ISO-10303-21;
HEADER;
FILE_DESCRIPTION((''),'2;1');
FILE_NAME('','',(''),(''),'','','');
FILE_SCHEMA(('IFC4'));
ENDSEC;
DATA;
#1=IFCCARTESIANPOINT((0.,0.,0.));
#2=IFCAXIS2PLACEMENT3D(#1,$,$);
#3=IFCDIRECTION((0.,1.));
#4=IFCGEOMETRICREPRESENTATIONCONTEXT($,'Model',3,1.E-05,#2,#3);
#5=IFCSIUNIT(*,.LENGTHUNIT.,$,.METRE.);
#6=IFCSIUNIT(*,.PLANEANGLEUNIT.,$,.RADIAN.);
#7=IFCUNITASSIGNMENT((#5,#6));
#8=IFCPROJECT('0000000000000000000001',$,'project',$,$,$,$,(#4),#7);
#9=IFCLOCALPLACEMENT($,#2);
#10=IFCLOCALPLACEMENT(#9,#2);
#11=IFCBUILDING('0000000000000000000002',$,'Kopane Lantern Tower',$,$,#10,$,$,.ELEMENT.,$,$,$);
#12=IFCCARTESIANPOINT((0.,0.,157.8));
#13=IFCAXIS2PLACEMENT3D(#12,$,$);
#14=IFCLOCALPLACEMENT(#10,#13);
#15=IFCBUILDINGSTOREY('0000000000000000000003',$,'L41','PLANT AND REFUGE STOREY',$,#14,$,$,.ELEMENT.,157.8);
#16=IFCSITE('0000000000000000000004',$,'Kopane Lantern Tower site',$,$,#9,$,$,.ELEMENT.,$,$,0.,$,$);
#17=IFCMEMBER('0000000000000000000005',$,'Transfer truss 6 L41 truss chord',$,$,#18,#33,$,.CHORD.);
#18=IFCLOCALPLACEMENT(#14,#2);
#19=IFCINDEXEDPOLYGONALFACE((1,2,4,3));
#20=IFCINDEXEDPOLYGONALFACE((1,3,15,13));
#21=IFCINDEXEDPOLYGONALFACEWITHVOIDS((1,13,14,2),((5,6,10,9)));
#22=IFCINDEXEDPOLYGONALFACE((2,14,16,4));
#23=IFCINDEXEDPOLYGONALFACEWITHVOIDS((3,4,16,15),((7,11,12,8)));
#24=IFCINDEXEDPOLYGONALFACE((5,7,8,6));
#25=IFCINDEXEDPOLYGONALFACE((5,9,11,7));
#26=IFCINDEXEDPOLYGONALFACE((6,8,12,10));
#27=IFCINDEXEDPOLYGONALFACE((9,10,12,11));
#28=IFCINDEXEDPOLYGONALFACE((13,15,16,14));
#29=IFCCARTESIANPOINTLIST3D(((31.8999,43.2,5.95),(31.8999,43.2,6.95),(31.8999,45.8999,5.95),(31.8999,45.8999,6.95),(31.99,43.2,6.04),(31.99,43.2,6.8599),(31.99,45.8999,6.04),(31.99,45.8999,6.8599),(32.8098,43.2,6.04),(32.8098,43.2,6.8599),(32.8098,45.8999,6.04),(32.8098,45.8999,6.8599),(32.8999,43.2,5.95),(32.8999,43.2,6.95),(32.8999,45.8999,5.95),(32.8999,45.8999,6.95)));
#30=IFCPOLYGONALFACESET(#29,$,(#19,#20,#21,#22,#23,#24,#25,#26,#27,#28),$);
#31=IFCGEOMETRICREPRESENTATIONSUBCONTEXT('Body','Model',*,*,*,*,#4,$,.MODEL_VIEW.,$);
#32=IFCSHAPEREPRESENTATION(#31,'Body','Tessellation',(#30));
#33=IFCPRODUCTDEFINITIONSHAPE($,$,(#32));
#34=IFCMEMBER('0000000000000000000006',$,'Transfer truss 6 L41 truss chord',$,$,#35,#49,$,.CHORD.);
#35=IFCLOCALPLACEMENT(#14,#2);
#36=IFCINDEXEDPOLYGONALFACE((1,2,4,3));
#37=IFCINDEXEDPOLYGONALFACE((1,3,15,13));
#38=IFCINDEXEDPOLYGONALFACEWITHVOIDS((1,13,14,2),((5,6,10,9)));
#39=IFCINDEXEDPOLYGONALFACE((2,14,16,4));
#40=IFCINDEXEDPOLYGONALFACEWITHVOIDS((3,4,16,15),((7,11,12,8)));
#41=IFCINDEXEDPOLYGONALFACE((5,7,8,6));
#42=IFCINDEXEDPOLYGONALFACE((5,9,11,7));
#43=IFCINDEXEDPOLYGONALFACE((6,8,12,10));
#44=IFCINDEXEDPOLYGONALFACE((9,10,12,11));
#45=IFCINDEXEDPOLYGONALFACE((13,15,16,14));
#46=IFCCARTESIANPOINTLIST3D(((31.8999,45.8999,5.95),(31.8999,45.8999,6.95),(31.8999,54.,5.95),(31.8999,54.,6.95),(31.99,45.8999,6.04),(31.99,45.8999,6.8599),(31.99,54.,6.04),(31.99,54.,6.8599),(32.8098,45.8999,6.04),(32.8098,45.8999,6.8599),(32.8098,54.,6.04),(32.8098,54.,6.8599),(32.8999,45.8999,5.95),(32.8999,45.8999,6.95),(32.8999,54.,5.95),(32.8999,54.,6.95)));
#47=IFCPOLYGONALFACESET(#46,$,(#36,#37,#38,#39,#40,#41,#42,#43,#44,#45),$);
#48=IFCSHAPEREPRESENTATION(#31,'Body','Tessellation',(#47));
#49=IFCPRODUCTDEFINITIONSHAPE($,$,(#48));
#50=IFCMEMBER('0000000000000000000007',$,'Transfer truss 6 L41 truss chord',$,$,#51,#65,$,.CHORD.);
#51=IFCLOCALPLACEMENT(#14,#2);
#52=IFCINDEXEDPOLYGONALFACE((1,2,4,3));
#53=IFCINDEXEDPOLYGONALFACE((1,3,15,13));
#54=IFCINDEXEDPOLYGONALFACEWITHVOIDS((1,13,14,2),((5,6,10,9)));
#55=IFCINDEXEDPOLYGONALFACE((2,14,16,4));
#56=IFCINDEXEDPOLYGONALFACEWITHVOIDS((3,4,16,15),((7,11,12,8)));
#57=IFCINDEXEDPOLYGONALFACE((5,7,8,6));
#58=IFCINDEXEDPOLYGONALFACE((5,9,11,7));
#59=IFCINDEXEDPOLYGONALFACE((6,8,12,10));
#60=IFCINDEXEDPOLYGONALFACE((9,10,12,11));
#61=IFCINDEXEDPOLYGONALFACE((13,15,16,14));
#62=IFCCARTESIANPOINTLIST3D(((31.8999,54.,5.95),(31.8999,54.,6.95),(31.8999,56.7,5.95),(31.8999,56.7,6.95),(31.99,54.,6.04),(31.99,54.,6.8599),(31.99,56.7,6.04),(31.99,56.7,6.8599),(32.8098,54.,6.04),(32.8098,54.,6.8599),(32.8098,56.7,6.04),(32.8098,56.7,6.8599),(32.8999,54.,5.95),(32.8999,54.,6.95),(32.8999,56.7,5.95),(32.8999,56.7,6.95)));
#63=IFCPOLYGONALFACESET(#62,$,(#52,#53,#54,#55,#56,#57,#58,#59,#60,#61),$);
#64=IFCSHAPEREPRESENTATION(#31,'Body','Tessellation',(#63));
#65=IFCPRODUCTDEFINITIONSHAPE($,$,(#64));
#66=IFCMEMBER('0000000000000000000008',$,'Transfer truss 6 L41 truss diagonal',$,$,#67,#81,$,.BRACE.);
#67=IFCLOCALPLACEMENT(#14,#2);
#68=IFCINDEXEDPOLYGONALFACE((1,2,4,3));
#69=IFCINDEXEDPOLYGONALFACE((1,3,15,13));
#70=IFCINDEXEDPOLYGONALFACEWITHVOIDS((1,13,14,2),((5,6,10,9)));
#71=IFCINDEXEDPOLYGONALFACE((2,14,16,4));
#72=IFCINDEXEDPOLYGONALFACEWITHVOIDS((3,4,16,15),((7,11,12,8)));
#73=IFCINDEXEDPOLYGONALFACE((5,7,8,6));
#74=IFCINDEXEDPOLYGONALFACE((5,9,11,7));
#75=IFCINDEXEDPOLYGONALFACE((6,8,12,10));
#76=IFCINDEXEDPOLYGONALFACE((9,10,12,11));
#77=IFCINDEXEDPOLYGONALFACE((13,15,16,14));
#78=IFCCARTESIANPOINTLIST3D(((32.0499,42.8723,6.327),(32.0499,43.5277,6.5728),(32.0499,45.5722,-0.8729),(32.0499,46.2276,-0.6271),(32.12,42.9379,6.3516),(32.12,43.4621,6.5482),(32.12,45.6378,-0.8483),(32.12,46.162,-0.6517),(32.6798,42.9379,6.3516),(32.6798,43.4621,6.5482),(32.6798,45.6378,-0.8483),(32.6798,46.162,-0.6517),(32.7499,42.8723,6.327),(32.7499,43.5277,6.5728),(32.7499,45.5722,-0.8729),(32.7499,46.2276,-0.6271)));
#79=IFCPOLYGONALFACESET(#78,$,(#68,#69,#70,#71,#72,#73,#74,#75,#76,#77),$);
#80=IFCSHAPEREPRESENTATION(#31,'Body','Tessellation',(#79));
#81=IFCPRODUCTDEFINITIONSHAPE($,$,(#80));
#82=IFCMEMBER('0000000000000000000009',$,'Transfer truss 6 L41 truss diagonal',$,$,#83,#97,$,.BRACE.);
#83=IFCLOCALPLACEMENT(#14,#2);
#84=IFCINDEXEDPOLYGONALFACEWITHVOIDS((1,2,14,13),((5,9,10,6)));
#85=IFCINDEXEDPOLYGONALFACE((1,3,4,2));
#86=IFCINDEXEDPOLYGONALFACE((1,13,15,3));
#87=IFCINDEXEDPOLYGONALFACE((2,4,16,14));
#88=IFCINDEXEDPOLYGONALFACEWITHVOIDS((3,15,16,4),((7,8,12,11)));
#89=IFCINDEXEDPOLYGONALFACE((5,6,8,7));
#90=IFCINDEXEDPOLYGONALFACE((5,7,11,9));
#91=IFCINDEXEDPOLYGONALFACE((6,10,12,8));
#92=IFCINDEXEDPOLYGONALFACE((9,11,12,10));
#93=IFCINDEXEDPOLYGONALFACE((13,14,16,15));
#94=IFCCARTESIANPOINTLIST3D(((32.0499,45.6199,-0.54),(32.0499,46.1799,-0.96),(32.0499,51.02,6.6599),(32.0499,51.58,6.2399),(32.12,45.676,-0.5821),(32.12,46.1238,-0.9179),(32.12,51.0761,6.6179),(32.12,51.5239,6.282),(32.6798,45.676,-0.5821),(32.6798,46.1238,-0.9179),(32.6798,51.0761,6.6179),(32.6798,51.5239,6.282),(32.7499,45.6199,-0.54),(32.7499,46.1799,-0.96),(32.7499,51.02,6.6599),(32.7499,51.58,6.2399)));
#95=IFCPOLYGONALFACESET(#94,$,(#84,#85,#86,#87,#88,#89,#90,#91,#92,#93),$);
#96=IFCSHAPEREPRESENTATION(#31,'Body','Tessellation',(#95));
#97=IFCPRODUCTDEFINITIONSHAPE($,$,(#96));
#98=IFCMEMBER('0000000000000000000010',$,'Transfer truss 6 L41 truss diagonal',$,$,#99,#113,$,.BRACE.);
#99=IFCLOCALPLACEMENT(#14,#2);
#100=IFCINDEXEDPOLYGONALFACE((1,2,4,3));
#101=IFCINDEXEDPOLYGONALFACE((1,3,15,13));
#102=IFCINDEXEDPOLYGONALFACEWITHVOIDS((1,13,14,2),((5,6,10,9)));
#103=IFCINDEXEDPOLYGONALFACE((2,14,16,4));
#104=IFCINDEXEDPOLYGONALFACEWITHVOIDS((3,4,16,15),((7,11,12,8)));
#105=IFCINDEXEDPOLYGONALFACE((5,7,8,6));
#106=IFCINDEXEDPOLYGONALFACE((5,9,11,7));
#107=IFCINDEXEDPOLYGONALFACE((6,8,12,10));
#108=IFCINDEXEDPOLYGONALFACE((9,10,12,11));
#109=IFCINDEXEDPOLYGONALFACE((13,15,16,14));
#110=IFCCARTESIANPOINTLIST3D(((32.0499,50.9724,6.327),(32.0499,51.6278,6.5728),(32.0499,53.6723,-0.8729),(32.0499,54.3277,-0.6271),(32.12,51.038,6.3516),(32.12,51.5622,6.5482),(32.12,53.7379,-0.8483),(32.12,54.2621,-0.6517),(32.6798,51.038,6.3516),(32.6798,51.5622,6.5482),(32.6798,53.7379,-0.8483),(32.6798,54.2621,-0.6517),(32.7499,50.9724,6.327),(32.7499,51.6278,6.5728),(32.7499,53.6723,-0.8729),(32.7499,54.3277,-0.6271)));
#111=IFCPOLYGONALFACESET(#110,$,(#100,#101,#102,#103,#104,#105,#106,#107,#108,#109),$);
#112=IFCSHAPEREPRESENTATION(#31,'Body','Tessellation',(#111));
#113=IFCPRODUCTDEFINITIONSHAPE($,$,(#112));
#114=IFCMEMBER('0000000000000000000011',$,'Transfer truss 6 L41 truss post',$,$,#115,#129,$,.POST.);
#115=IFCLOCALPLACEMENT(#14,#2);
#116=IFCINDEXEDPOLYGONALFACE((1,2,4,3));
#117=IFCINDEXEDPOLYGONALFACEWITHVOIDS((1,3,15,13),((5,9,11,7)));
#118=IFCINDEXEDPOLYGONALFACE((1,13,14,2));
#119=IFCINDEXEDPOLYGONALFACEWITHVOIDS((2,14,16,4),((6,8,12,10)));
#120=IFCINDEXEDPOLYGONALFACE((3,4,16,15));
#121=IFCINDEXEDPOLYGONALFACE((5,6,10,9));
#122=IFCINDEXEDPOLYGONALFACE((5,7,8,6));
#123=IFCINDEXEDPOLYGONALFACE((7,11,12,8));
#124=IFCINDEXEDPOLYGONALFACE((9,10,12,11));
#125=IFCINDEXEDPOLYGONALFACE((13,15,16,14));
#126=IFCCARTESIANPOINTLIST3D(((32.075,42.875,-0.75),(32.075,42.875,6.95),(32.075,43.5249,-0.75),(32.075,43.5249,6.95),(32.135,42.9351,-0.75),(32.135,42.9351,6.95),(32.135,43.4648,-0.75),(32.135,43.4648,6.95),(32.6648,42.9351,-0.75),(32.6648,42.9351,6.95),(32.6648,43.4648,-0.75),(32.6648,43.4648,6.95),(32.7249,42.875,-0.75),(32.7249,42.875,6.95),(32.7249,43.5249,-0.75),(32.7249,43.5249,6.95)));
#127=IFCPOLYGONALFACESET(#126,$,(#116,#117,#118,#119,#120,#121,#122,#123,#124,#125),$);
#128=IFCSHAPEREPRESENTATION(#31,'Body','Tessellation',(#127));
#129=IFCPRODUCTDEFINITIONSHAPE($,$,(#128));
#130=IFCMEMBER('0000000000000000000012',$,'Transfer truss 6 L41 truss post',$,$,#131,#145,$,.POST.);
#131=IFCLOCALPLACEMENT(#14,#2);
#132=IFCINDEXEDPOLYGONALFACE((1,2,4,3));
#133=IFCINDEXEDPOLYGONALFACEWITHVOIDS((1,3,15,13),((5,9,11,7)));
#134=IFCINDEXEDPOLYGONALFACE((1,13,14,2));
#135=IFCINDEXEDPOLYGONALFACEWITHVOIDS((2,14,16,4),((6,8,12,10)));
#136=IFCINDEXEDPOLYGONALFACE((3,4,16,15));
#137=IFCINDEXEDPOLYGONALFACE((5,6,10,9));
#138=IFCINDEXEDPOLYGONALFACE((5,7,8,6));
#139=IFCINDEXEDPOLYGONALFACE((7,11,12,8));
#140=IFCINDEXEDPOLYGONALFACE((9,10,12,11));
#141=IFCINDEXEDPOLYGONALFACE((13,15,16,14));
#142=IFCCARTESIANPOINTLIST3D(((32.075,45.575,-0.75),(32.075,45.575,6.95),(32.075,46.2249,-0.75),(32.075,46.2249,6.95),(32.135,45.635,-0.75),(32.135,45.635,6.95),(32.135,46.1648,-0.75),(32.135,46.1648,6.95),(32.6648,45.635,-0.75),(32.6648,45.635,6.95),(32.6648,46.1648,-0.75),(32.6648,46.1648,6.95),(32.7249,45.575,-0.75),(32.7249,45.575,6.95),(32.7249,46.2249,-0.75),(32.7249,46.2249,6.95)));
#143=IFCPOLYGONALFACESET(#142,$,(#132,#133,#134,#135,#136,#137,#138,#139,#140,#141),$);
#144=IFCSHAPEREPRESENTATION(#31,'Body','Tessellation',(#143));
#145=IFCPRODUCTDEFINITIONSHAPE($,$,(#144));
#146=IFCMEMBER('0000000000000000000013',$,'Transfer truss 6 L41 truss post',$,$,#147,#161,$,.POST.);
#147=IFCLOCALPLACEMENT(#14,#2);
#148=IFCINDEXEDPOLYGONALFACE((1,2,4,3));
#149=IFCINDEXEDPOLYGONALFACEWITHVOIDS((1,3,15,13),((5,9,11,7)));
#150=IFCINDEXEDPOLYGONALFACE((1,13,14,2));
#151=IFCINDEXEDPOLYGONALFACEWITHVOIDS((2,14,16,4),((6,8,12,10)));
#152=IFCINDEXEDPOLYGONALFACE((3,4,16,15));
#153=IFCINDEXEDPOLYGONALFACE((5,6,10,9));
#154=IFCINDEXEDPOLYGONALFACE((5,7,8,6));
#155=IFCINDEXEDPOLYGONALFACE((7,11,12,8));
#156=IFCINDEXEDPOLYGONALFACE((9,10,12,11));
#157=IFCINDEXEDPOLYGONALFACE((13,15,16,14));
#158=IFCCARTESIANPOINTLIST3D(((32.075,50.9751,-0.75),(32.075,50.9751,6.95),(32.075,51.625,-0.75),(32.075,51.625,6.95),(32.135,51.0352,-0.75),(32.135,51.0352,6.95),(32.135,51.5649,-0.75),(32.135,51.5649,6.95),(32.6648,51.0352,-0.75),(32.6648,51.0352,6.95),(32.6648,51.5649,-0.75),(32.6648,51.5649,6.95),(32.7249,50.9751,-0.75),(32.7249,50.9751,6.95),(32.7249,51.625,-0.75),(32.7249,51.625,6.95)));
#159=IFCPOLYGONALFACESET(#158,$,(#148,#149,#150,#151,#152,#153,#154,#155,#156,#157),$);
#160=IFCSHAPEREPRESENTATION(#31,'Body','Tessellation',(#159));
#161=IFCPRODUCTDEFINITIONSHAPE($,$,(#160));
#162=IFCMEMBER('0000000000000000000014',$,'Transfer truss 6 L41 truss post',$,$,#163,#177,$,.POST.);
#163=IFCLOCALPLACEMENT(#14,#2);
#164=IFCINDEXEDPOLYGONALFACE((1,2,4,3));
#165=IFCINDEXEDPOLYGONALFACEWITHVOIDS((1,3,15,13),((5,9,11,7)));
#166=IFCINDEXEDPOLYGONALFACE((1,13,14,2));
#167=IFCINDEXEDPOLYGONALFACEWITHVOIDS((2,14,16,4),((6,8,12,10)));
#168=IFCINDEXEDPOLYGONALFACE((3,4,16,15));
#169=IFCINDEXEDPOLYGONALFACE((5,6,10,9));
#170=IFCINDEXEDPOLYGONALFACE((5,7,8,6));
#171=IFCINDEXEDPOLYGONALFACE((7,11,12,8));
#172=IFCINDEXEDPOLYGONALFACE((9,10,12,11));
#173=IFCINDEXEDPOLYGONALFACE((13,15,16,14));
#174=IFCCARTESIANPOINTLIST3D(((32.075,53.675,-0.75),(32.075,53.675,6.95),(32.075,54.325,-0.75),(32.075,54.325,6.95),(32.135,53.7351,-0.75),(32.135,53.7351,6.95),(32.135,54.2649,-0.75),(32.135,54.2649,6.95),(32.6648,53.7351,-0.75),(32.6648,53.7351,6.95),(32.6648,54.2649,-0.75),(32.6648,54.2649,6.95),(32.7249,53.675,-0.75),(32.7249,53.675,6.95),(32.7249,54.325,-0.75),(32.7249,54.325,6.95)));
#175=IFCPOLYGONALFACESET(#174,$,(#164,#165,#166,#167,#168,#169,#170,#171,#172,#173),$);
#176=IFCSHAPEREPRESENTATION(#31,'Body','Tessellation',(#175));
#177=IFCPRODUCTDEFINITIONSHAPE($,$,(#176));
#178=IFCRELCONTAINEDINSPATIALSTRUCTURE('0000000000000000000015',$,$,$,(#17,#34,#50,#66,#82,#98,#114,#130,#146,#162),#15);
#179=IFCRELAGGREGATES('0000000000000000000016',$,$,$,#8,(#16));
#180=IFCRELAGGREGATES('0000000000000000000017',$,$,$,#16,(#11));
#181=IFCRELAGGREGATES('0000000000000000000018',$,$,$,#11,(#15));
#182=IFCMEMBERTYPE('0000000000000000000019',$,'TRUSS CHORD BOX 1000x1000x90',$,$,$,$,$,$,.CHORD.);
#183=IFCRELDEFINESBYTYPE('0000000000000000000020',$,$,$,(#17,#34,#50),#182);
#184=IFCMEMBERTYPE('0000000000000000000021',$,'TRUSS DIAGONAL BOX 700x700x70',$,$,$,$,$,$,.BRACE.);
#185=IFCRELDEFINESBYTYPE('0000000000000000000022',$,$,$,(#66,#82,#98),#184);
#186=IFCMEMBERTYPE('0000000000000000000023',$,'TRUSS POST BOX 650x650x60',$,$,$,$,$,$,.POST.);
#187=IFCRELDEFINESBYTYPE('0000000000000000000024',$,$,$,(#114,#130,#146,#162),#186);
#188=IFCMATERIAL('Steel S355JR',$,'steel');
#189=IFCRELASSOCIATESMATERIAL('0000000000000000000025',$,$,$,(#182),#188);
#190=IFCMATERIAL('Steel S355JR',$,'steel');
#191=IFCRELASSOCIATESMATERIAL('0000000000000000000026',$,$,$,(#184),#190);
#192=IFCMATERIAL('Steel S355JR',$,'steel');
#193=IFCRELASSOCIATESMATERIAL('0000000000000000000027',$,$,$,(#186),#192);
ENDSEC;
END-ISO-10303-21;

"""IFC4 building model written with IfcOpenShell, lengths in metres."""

from ifc_helpers import new_model, si_unit, direction, frame, origin, origin_2d, place, context, subcontext, project, spatial, hollow_rectangle, extrude, material, material_profile, profile_set, type_object, element, save


model = new_model("IFC4")

# Units and contexts
model_context = context("Model", 3, precision=1e-05, world=origin(), true_north=direction((0.0, 1.0)))
body_context = subcontext(model_context, "Body", "Model", "MODEL_VIEW")
ifc_project = project(units=[si_unit("LENGTHUNIT", "METRE"), si_unit("PLANEANGLEUNIT", "RADIAN")], contexts=[model_context])

# Site, building, storey
site_placement = place(None, origin())
site = spatial("IfcSite", under=ifc_project, at=site_placement, Name="Kopane Lantern Tower site", CompositionType="ELEMENT", RefElevation=0.0)
building_placement = place(site_placement, origin())
building = spatial("IfcBuilding", under=site, at=building_placement, Name="Kopane Lantern Tower", CompositionType="ELEMENT")
storey_placement = place(building_placement, frame((0.0, 0.0, 157.8)))
storey = spatial("IfcBuildingStorey", under=building, at=storey_placement, Name="L41", Description="PLANT AND REFUGE STOREY", CompositionType="ELEMENT", Elevation=157.8)

# Members
ifc_material_1 = material(Name="Steel S355JR", Category="steel")
ifc_material_profile_1 = material_profile(ifc_material_1, hollow_rectangle(XDim=1.0, YDim=1.0, WallThickness=0.0901, at=origin_2d()), Name="BOX 1000x1000x90")
ifc_profile_set_1 = profile_set([ifc_material_profile_1], Name="Steel S355JR")
member_type_1 = type_object("IfcMemberType", Name="TRUSS CHORD BOX 1000x1000x90", PredefinedType="CHORD", material=ifc_profile_set_1)
for number, where, z_axis, x_axis, name in (
    (1, (32.3999, 43.2, 6.45), (0.0, 1.0, 0.0), (-1.0, 0.0, 0.0), "Transfer truss 6 L41 truss chord"),
):
    element("IfcMember", number, at=place(storey_placement, frame(where, z_axis=z_axis, x_axis=x_axis)), inside=storey, type_object=member_type_1, Name=name, PredefinedType="CHORD", context=body_context, shape_type="SweptSolid", body=[
        extrude(hollow_rectangle(XDim=1.0, YDim=1.0, WallThickness=0.0901, at=origin_2d()), origin(), (0.0, 0.0, 1.0), 2.7),
    ])
member_1_placement = place(storey_placement, frame((32.3999, 45.8999, 6.45), z_axis=(0.0, 1.0, 0.0), x_axis=(-1.0, 0.0, 0.0)))
element("IfcMember", 2, at=member_1_placement, inside=storey, type_object=member_type_1, Name="Transfer truss 6 L41 truss chord", PredefinedType="CHORD", context=body_context, shape_type="SweptSolid", body=[
    extrude(hollow_rectangle(XDim=1.0, YDim=1.0, WallThickness=0.0901, at=origin_2d()), origin(), (0.0, 0.0, 1.0), 8.1001),
])
member_2_placement = place(storey_placement, frame((32.3999, 54.0, 6.45), z_axis=(0.0, 1.0, 0.0), x_axis=(-1.0, 0.0, 0.0)))
element("IfcMember", 3, at=member_2_placement, inside=storey, type_object=member_type_1, Name="Transfer truss 6 L41 truss chord", PredefinedType="CHORD", context=body_context, shape_type="SweptSolid", body=[
    extrude(hollow_rectangle(XDim=1.0, YDim=1.0, WallThickness=0.0901, at=origin_2d()), origin(), (0.0, 0.0, 1.0), 2.7),
])
ifc_material_2 = material(Name="Steel S355JR", Category="steel")
ifc_material_profile_2 = material_profile(ifc_material_2, hollow_rectangle(XDim=0.7, YDim=0.7, WallThickness=0.0701, at=origin_2d()), Name="BOX 700x700x70")
ifc_profile_set_2 = profile_set([ifc_material_profile_2], Name="Steel S355JR")
member_type_2 = type_object("IfcMemberType", Name="TRUSS DIAGONAL BOX 700x700x70", PredefinedType="BRACE", material=ifc_profile_set_2)
member_3_placement = place(storey_placement, frame((32.3999, 45.8999, -0.75), z_axis=(0.0, -0.35112, 0.93633), x_axis=(1.0, 0.0, 0.0)))
element("IfcMember", 4, at=member_3_placement, inside=storey, type_object=member_type_2, Name="Transfer truss 6 L41 truss diagonal", PredefinedType="BRACE", context=body_context, shape_type="SweptSolid", body=[
    extrude(hollow_rectangle(XDim=0.7, YDim=0.7, WallThickness=0.0701, at=origin_2d()), origin(), (0.0, 0.0, 1.0), 7.6895),
])
member_4_placement = place(storey_placement, frame((32.3999, 45.8999, -0.75), z_axis=(0.0, 0.600013, 0.79999), x_axis=(-1.0, 0.0, 0.0)))
element("IfcMember", 5, at=member_4_placement, inside=storey, type_object=member_type_2, Name="Transfer truss 6 L41 truss diagonal", PredefinedType="BRACE", context=body_context, shape_type="SweptSolid", body=[
    extrude(hollow_rectangle(XDim=0.7, YDim=0.7, WallThickness=0.0701, at=origin_2d()), origin(), (0.0, 0.0, 1.0), 9.0),
])
member_5_placement = place(storey_placement, frame((32.3999, 54.0, -0.75), z_axis=(0.0, -0.35112, 0.93633), x_axis=(1.0, 0.0, 0.0)))
element("IfcMember", 6, at=member_5_placement, inside=storey, type_object=member_type_2, Name="Transfer truss 6 L41 truss diagonal", PredefinedType="BRACE", context=body_context, shape_type="SweptSolid", body=[
    extrude(hollow_rectangle(XDim=0.7, YDim=0.7, WallThickness=0.0701, at=origin_2d()), origin(), (0.0, 0.0, 1.0), 7.6895),
])
ifc_material_3 = material(Name="Steel S355JR", Category="steel")
ifc_material_profile_3 = material_profile(ifc_material_3, hollow_rectangle(XDim=0.6499, YDim=0.6499, WallThickness=0.0601, at=origin_2d()), Name="BOX 650x650x60")
ifc_profile_set_3 = profile_set([ifc_material_profile_3], Name="Steel S355JR")
member_type_3 = type_object("IfcMemberType", Name="TRUSS POST BOX 650x650x60", PredefinedType="POST", material=ifc_profile_set_3)
for number, where, z_axis, x_axis, name in (
    (7, (32.3999, 43.2, -0.75), (0.0, 0.0, 1.0), (1.0, 0.0, 0.0), "Transfer truss 6 L41 truss post"),
    (8, (32.3999, 45.8999, -0.75), (0.0, 0.0, 1.0), (1.0, 0.0, 0.0), "Transfer truss 6 L41 truss post"),
    (9, (32.3999, 51.3, -0.75), (0.0, 0.0, 1.0), (1.0, 0.0, 0.0), "Transfer truss 6 L41 truss post"),
    (10, (32.3999, 54.0, -0.75), (0.0, 0.0, 1.0), (1.0, 0.0, 0.0), "Transfer truss 6 L41 truss post"),
):
    element("IfcMember", number, at=place(storey_placement, frame(where, z_axis=z_axis, x_axis=x_axis)), inside=storey, type_object=member_type_3, Name=name, PredefinedType="POST", context=body_context, shape_type="SweptSolid", body=[
        extrude(hollow_rectangle(XDim=0.6499, YDim=0.6499, WallThickness=0.0601, at=origin_2d()), origin(), (0.0, 0.0, 1.0), 7.7),
    ])

save(model, "model.ifc")
